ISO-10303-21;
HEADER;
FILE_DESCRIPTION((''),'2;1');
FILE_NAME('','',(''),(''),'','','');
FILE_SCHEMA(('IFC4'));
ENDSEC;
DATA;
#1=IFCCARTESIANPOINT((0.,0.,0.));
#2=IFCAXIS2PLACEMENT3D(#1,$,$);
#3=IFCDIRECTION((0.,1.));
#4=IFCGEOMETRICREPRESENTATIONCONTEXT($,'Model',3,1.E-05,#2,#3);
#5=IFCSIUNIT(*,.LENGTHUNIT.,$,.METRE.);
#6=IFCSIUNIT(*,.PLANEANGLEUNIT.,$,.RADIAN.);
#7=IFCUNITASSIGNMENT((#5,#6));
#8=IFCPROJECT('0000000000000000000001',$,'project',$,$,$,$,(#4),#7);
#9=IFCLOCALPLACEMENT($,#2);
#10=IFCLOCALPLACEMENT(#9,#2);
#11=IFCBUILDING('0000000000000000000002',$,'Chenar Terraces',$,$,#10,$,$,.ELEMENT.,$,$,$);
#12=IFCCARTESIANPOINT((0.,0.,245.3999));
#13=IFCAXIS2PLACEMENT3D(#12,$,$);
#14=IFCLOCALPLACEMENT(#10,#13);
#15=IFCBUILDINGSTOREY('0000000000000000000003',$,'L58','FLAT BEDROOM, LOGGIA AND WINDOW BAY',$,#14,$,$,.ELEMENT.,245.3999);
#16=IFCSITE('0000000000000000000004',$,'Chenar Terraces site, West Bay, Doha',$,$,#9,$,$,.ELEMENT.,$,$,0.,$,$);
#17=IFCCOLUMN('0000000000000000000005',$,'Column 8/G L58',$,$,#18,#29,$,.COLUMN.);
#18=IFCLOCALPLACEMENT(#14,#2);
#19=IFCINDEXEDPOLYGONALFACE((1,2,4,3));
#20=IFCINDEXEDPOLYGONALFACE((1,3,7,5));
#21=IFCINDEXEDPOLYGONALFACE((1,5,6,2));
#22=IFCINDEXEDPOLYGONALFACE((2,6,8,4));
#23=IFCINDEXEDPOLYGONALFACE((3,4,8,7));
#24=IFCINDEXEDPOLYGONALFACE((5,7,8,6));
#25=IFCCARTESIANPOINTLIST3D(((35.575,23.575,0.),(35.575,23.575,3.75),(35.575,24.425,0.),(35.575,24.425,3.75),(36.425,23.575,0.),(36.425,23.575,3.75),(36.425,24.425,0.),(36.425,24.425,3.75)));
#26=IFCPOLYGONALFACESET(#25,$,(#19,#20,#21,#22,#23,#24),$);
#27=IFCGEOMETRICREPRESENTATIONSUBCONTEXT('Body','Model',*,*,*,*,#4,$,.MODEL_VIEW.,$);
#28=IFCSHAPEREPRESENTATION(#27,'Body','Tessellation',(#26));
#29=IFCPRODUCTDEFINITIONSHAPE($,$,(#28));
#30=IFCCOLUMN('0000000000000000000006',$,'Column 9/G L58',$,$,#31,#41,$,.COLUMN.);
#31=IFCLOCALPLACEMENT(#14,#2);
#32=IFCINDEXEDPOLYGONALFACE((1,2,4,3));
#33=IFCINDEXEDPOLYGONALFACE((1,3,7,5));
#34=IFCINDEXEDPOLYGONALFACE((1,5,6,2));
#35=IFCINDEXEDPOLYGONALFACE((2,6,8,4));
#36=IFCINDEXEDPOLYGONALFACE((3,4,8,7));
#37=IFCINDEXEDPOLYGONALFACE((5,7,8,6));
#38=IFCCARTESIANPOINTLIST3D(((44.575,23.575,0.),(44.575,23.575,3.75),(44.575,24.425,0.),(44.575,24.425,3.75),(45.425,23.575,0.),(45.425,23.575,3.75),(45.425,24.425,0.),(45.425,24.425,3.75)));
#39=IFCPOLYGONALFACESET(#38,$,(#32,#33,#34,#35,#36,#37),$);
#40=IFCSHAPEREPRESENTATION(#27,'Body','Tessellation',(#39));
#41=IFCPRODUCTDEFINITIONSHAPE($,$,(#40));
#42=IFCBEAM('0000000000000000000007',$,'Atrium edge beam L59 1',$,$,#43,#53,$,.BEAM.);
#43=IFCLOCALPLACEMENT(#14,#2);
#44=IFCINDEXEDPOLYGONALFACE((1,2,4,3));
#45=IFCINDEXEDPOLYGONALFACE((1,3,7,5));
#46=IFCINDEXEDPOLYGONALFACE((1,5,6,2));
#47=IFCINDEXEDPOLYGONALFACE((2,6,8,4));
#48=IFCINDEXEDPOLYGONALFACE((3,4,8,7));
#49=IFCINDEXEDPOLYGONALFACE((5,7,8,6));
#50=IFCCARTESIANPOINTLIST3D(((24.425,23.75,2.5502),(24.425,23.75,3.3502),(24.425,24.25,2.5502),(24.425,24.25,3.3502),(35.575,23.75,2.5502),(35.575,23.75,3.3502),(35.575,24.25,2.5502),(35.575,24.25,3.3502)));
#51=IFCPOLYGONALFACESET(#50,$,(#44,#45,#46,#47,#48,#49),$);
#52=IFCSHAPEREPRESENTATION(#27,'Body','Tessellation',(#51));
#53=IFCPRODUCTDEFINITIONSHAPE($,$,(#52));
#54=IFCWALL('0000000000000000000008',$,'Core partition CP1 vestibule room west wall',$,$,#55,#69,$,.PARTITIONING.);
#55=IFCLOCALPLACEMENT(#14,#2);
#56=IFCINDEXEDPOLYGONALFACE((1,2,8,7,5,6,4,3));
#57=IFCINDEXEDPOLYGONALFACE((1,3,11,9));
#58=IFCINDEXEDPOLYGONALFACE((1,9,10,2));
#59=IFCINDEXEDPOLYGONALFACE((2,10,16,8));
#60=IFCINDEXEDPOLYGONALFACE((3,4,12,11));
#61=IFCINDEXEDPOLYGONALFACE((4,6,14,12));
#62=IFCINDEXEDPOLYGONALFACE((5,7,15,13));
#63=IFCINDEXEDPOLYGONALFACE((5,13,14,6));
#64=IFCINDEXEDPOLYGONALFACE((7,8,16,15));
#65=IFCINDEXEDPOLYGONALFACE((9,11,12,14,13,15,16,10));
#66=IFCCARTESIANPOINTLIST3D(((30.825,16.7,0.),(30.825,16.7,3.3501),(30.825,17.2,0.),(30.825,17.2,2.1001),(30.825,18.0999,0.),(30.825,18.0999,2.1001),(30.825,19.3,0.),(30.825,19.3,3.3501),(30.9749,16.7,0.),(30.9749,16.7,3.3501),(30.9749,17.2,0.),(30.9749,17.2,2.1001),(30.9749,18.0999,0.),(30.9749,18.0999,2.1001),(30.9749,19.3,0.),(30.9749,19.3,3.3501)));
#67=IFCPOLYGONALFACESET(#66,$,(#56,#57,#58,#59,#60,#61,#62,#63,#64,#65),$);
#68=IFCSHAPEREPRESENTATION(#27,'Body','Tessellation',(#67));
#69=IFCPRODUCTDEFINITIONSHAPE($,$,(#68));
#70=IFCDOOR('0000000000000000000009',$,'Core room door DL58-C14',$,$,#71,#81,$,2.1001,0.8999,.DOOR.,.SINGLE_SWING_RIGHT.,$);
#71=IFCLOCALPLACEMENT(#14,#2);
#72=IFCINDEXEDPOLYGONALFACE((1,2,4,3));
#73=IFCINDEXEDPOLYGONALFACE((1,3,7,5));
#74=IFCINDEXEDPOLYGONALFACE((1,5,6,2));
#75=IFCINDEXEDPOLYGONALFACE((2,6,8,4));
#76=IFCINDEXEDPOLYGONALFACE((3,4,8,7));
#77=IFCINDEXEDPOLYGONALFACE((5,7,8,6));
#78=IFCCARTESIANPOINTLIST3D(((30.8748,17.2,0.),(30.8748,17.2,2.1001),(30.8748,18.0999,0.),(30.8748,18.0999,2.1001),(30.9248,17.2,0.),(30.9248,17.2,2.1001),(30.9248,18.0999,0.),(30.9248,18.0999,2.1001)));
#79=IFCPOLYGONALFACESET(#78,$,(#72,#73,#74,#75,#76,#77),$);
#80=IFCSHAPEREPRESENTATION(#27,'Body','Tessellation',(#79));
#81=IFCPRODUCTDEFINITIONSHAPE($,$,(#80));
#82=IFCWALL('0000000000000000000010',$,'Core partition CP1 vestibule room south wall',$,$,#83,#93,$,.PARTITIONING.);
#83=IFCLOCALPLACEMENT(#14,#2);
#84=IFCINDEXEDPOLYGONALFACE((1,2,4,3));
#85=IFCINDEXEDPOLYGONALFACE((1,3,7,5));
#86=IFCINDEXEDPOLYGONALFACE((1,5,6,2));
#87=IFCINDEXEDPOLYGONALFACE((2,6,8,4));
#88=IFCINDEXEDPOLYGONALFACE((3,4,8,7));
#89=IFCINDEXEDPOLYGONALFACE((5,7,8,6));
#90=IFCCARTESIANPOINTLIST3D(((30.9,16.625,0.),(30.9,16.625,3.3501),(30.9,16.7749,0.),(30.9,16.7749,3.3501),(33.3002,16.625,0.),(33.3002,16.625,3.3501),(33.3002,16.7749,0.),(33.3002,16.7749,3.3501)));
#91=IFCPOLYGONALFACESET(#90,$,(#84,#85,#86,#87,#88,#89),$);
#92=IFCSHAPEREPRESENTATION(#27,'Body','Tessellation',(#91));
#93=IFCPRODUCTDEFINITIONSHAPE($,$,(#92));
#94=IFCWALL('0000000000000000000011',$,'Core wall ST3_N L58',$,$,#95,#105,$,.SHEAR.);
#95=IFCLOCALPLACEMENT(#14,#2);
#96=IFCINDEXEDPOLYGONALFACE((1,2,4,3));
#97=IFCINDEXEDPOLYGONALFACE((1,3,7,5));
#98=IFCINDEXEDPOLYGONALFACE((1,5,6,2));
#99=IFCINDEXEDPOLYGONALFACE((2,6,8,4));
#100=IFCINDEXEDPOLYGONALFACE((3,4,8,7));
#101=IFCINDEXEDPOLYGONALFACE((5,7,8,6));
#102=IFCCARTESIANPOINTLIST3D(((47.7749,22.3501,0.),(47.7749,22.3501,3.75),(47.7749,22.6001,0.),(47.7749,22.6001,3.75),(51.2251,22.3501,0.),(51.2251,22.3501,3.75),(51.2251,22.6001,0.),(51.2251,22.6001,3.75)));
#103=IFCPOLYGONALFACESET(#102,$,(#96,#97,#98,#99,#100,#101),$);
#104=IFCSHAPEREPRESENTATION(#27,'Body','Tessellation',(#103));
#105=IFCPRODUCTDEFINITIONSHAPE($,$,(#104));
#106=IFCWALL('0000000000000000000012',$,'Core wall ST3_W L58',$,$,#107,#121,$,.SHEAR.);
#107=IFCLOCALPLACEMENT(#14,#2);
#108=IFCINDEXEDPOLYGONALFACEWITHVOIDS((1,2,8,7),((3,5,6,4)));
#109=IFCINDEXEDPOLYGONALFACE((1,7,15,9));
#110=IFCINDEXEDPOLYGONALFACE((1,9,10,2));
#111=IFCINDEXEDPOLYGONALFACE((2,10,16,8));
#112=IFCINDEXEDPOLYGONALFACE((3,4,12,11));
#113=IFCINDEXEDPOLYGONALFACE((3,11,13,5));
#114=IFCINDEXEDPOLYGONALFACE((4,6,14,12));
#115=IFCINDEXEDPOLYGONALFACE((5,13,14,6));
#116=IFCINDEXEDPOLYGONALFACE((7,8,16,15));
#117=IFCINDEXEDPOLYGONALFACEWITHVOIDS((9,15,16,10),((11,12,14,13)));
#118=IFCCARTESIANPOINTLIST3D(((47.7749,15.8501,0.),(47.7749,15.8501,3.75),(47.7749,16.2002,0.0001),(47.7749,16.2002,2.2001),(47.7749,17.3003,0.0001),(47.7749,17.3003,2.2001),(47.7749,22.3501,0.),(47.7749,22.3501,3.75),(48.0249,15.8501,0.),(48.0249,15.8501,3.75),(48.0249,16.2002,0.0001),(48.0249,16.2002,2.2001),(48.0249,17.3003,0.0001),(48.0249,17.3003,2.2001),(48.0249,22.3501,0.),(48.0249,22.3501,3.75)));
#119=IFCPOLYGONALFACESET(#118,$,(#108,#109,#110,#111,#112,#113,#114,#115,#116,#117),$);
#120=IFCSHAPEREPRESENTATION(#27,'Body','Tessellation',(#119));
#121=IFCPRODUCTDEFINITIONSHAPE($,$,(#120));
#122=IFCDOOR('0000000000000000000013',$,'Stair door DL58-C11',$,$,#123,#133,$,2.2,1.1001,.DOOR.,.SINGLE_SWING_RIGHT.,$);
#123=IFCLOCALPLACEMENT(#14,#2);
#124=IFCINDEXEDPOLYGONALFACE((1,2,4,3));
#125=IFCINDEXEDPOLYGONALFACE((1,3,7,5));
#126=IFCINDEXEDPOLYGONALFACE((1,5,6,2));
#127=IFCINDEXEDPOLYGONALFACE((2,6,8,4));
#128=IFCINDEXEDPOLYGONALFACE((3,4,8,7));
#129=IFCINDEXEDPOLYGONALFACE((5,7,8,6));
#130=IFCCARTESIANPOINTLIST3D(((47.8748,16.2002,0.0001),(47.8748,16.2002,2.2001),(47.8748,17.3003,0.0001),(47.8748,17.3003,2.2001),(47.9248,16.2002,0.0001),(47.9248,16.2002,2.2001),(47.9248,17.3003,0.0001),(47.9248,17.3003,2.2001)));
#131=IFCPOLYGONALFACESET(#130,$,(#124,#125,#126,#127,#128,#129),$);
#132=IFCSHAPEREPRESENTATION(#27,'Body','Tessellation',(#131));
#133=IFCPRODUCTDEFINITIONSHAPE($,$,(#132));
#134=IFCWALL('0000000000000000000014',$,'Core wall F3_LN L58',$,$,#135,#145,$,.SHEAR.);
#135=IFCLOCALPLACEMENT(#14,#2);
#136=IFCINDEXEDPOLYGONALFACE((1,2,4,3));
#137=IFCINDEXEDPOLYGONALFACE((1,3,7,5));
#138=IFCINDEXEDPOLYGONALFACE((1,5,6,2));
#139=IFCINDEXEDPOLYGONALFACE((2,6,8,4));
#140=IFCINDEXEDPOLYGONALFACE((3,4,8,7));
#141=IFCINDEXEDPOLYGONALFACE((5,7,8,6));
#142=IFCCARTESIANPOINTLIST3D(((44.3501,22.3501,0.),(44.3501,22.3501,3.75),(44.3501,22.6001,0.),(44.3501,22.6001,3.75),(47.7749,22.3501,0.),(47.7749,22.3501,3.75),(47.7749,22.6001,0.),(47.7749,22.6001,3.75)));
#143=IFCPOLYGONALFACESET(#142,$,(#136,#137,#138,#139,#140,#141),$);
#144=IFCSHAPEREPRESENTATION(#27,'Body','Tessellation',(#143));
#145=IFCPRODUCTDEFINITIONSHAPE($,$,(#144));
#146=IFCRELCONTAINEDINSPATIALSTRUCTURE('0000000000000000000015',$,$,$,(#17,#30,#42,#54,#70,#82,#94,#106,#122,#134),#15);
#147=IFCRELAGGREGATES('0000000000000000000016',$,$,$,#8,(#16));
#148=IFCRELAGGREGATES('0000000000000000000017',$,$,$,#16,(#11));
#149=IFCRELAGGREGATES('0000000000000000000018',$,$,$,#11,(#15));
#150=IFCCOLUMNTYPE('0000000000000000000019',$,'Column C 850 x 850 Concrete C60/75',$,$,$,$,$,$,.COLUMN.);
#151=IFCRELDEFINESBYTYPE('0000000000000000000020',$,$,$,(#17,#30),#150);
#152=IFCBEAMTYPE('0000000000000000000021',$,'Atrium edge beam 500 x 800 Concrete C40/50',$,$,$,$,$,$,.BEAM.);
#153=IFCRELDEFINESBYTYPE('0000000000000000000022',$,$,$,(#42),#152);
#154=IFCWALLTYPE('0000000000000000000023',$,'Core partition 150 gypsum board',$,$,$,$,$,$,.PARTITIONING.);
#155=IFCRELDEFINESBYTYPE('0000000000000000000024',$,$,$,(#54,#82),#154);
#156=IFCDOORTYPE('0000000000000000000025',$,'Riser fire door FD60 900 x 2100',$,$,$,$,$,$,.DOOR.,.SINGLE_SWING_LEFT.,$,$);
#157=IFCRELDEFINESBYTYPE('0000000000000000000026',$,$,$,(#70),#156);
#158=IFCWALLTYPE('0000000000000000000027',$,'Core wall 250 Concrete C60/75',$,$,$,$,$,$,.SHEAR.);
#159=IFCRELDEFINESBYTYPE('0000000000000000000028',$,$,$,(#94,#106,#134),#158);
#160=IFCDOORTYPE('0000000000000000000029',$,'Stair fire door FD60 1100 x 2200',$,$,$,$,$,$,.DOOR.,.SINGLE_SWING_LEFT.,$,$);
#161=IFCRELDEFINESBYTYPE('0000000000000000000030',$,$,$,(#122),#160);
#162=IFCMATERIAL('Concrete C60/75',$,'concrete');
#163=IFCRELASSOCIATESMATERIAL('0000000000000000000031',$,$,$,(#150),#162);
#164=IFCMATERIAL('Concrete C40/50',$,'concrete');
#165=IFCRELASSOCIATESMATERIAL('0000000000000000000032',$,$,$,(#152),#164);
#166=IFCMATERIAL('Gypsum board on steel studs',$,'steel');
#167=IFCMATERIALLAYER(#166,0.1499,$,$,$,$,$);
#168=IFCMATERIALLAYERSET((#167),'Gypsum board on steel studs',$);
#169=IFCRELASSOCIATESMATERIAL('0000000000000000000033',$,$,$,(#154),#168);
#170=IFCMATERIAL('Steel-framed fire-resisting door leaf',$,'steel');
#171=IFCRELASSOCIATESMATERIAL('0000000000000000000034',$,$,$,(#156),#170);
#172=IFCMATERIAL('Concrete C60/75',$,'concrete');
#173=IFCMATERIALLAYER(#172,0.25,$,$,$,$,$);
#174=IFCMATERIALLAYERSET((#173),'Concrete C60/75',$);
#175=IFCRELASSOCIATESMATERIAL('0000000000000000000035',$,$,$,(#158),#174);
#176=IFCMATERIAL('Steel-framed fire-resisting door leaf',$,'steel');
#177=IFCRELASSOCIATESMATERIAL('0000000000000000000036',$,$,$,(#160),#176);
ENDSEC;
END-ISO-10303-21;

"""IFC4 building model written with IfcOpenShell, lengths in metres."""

from ifc_helpers import new_model, si_unit, direction, frame, frame_2d, origin, origin_2d, place, context, subcontext, project, spatial, rectangle, extrude, material, layer, layer_set, material_profile, profile_set, type_object, element, fill, save


model = new_model("IFC4")

# Units and contexts
model_context = context("Model", 3, precision=1e-05, world=origin(), true_north=direction((0.0, 1.0)))
body_context = subcontext(model_context, "Body", "Model", "MODEL_VIEW")
ifc_project = project(units=[si_unit("LENGTHUNIT", "METRE"), si_unit("PLANEANGLEUNIT", "RADIAN")], contexts=[model_context])

# Site, building, storey
site_placement = place(None, origin())
site = spatial("IfcSite", under=ifc_project, at=site_placement, Name="Chenar Terraces site, West Bay, Doha", CompositionType="ELEMENT", RefElevation=0.0)
building_placement = place(site_placement, origin())
building = spatial("IfcBuilding", under=site, at=building_placement, Name="Chenar Terraces", CompositionType="ELEMENT")
storey_placement = place(building_placement, frame((0.0, 0.0, 245.3999)))
storey = spatial("IfcBuildingStorey", under=building, at=storey_placement, Name="L58", Description="FLAT BEDROOM, LOGGIA AND WINDOW BAY", CompositionType="ELEMENT", Elevation=245.3999)

# Columns
ifc_material_1 = material(Name="Concrete C60/75", Category="concrete")
ifc_material_profile_1 = material_profile(ifc_material_1, rectangle(XDim=0.8501, YDim=0.8501, at=origin_2d()), Name="C 850 x 850")
ifc_profile_set_1 = profile_set([ifc_material_profile_1], Name="Concrete C60/75")
column_type = type_object("IfcColumnType", Name="Column C 850 x 850 Concrete C60/75", PredefinedType="COLUMN", material=ifc_profile_set_1)
for number, where, z_axis, x_axis, name in (
    (1, (36.0, 24.0, 0.0), (0.0, 0.0, 1.0), (1.0, 0.0, 0.0), "Column 8/G L58"),
    (2, (45.0, 24.0, 0.0), (0.0, 0.0, 1.0), (1.0, 0.0, 0.0), "Column 9/G L58"),
):
    element("IfcColumn", number, at=place(storey_placement, frame(where, z_axis=z_axis, x_axis=x_axis)), inside=storey, type_object=column_type, Name=name, PredefinedType="COLUMN", context=body_context, shape_type="SweptSolid", body=[
        extrude(rectangle(XDim=0.8501, YDim=0.8501, at=origin_2d()), origin(), (0.0, 0.0, 1.0), 3.75),
    ])

# Beam
ifc_material_2 = material(Name="Concrete C40/50", Category="concrete")
ifc_material_profile_2 = material_profile(ifc_material_2, rectangle(XDim=0.5, YDim=0.8, at=origin_2d()), Name="RC 500 x 800")
ifc_profile_set_2 = profile_set([ifc_material_profile_2], Name="Concrete C40/50")
beam_type = type_object("IfcBeamType", Name="Atrium edge beam 500 x 800 Concrete C40/50", PredefinedType="BEAM", material=ifc_profile_set_2)
beam_placement = place(storey_placement, frame((24.425, 24.0, 2.9502), z_axis=(1.0, 0.0, 0.0), x_axis=(0.0, 1.0, 0.0)))
element("IfcBeam", 3, at=beam_placement, inside=storey, type_object=beam_type, Name="Atrium edge beam L59 1", PredefinedType="BEAM", context=body_context, shape_type="SweptSolid", body=[
    extrude(rectangle(XDim=0.5, YDim=0.8, at=origin_2d()), origin(), (0.0, 0.0, 1.0), 11.1499),
])

# Wall, opening, door
ifc_material_3 = material(Name="Gypsum board on steel studs", Category="steel")
ifc_layer_1 = layer(ifc_material_3, 0.1499)
ifc_layer_set_1 = layer_set([ifc_layer_1], Name="Gypsum board on steel studs")
wall_type_1 = type_object("IfcWallType", Name="Core partition 150 gypsum board", PredefinedType="PARTITIONING", material=ifc_layer_set_1)
wall_1_placement = place(storey_placement, frame((30.8999, 16.7, 0.0), z_axis=(0.0, 0.0, 1.0), x_axis=(0.0, 1.0, 0.0)))
wall_1 = element("IfcWall", 4, at=wall_1_placement, inside=storey, type_object=wall_type_1, Name="Core partition CP1 vestibule room west wall", PredefinedType="PARTITIONING", context=body_context, shape_type="SweptSolid", body=[
    extrude(rectangle(XDim=2.6001, YDim=0.1499, at=frame_2d((1.3, 0.0))), origin(), (0.0, 0.0, 1.0), 3.3501),
])
opening_1_placement = place(wall_1_placement, frame((0.5, 0.0, 0.0)))
opening_1 = element("IfcOpeningElement", 5, at=opening_1_placement, cuts=wall_1, PredefinedType="OPENING", context=body_context, shape_type="SweptSolid", body=[
    extrude(rectangle(XDim=0.8999, YDim=2.1001, at=frame_2d((0.45, 1.05))), frame((0.0, 0.085, 0.0), z_axis=(0.0, -1.0, 0.0), x_axis=(1.0, 0.0, 0.0)), (0.0, 0.0, 1.0), 0.1699),
])
ifc_material_4 = material(Name="Steel-framed fire-resisting door leaf", Category="steel")
door_type_1 = type_object("IfcDoorType", Name="Riser fire door FD60 900 x 2100", OperationType="SINGLE_SWING_LEFT", PredefinedType="DOOR", material=ifc_material_4)
door_1_placement = place(opening_1_placement, frame((0.8999, 0.0, 0.0), z_axis=(0.0, 0.0, 1.0), x_axis=(-1.0, 0.0, 0.0)))
door_1 = element("IfcDoor", 6, at=door_1_placement, inside=storey, type_object=door_type_1, Name="Core room door DL58-C14", OperationType="SINGLE_SWING_RIGHT", OverallHeight=2.1001, OverallWidth=0.8999, PredefinedType="DOOR", context=body_context, shape_type="SweptSolid", body=[
    extrude(rectangle(XDim=0.8999, YDim=2.1001, at=frame_2d((0.45, 1.05))), frame((0.0, 0.0249, 0.0), z_axis=(0.0, -1.0, 0.0), x_axis=(1.0, 0.0, 0.0)), (0.0, 0.0, 1.0), 0.05),
])
fill(opening_1, door_1)

# Walls
wall_2_placement = place(storey_placement, frame((30.8999, 16.7, 0.0), z_axis=(0.0, 0.0, 1.0), x_axis=(1.0, 0.0, 0.0)))
element("IfcWall", 7, at=wall_2_placement, inside=storey, type_object=wall_type_1, Name="Core partition CP1 vestibule room south wall", PredefinedType="PARTITIONING", context=body_context, shape_type="SweptSolid", body=[
    extrude(rectangle(XDim=2.4001, YDim=0.1499, at=frame_2d((1.2002, 0.0))), origin(), (0.0, 0.0, 1.0), 3.3501),
])
ifc_material_5 = material(Name="Concrete C60/75", Category="concrete")
ifc_layer_2 = layer(ifc_material_5, 0.25)
ifc_layer_set_2 = layer_set([ifc_layer_2], Name="Concrete C60/75")
wall_type_2 = type_object("IfcWallType", Name="Core wall 250 Concrete C60/75", PredefinedType="SHEAR", material=ifc_layer_set_2)
wall_3_placement = place(storey_placement, frame((47.7749, 22.4751, 0.0), z_axis=(0.0, 0.0, 1.0), x_axis=(1.0, 0.0, 0.0)))
element("IfcWall", 8, at=wall_3_placement, inside=storey, type_object=wall_type_2, Name="Core wall ST3_N L58", PredefinedType="SHEAR", context=body_context, shape_type="SweptSolid", body=[
    extrude(rectangle(XDim=3.4502, YDim=0.25, at=frame_2d((1.7251, 0.0))), origin(), (0.0, 0.0, 1.0), 3.75),
])

# Wall, opening, door
wall_4_placement = place(storey_placement, frame((47.8999, 15.8501, 0.0), z_axis=(0.0, 0.0, 1.0), x_axis=(0.0, 1.0, 0.0)))
wall_4 = element("IfcWall", 9, at=wall_4_placement, inside=storey, type_object=wall_type_2, Name="Core wall ST3_W L58", PredefinedType="SHEAR", context=body_context, shape_type="SweptSolid", body=[
    extrude(rectangle(XDim=6.5, YDim=0.25, at=frame_2d((3.25, 0.0))), origin(), (0.0, 0.0, 1.0), 3.75),
])
opening_2_placement = place(wall_4_placement, frame((0.3501, 0.0, 0.0)))
opening_2 = element("IfcOpeningElement", 10, at=opening_2_placement, cuts=wall_4, PredefinedType="OPENING", context=body_context, shape_type="SweptSolid", body=[
    extrude(rectangle(XDim=1.1001, YDim=2.2, at=frame_2d((0.55, 1.1001))), frame((0.0, 0.135, 0.0), z_axis=(0.0, -1.0, 0.0), x_axis=(1.0, 0.0, 0.0)), (0.0, 0.0, 1.0), 0.27),
])
ifc_material_6 = material(Name="Steel-framed fire-resisting door leaf", Category="steel")
door_type_2 = type_object("IfcDoorType", Name="Stair fire door FD60 1100 x 2200", OperationType="SINGLE_SWING_LEFT", PredefinedType="DOOR", material=ifc_material_6)
door_2_placement = place(opening_2_placement, frame((1.1001, 0.0, 0.0), z_axis=(0.0, 0.0, 1.0), x_axis=(-1.0, 0.0, 0.0)))
door_2 = element("IfcDoor", 11, at=door_2_placement, inside=storey, type_object=door_type_2, Name="Stair door DL58-C11", OperationType="SINGLE_SWING_RIGHT", OverallHeight=2.2, OverallWidth=1.1001, PredefinedType="DOOR", context=body_context, shape_type="SweptSolid", body=[
    extrude(rectangle(XDim=1.1001, YDim=2.2, at=frame_2d((0.55, 1.1001))), frame((0.0, 0.0249, 0.0), z_axis=(0.0, -1.0, 0.0), x_axis=(1.0, 0.0, 0.0)), (0.0, 0.0, 1.0), 0.05),
])
fill(opening_2, door_2)

# Wall
wall_5_placement = place(storey_placement, frame((44.3501, 22.4751, 0.0), z_axis=(0.0, 0.0, 1.0), x_axis=(1.0, 0.0, 0.0)))
element("IfcWall", 12, at=wall_5_placement, inside=storey, type_object=wall_type_2, Name="Core wall F3_LN L58", PredefinedType="SHEAR", context=body_context, shape_type="SweptSolid", body=[
    extrude(rectangle(XDim=3.4248, YDim=0.25, at=frame_2d((1.7124, 0.0))), origin(), (0.0, 0.0, 1.0), 3.75),
])

save(model, "model.ifc")
